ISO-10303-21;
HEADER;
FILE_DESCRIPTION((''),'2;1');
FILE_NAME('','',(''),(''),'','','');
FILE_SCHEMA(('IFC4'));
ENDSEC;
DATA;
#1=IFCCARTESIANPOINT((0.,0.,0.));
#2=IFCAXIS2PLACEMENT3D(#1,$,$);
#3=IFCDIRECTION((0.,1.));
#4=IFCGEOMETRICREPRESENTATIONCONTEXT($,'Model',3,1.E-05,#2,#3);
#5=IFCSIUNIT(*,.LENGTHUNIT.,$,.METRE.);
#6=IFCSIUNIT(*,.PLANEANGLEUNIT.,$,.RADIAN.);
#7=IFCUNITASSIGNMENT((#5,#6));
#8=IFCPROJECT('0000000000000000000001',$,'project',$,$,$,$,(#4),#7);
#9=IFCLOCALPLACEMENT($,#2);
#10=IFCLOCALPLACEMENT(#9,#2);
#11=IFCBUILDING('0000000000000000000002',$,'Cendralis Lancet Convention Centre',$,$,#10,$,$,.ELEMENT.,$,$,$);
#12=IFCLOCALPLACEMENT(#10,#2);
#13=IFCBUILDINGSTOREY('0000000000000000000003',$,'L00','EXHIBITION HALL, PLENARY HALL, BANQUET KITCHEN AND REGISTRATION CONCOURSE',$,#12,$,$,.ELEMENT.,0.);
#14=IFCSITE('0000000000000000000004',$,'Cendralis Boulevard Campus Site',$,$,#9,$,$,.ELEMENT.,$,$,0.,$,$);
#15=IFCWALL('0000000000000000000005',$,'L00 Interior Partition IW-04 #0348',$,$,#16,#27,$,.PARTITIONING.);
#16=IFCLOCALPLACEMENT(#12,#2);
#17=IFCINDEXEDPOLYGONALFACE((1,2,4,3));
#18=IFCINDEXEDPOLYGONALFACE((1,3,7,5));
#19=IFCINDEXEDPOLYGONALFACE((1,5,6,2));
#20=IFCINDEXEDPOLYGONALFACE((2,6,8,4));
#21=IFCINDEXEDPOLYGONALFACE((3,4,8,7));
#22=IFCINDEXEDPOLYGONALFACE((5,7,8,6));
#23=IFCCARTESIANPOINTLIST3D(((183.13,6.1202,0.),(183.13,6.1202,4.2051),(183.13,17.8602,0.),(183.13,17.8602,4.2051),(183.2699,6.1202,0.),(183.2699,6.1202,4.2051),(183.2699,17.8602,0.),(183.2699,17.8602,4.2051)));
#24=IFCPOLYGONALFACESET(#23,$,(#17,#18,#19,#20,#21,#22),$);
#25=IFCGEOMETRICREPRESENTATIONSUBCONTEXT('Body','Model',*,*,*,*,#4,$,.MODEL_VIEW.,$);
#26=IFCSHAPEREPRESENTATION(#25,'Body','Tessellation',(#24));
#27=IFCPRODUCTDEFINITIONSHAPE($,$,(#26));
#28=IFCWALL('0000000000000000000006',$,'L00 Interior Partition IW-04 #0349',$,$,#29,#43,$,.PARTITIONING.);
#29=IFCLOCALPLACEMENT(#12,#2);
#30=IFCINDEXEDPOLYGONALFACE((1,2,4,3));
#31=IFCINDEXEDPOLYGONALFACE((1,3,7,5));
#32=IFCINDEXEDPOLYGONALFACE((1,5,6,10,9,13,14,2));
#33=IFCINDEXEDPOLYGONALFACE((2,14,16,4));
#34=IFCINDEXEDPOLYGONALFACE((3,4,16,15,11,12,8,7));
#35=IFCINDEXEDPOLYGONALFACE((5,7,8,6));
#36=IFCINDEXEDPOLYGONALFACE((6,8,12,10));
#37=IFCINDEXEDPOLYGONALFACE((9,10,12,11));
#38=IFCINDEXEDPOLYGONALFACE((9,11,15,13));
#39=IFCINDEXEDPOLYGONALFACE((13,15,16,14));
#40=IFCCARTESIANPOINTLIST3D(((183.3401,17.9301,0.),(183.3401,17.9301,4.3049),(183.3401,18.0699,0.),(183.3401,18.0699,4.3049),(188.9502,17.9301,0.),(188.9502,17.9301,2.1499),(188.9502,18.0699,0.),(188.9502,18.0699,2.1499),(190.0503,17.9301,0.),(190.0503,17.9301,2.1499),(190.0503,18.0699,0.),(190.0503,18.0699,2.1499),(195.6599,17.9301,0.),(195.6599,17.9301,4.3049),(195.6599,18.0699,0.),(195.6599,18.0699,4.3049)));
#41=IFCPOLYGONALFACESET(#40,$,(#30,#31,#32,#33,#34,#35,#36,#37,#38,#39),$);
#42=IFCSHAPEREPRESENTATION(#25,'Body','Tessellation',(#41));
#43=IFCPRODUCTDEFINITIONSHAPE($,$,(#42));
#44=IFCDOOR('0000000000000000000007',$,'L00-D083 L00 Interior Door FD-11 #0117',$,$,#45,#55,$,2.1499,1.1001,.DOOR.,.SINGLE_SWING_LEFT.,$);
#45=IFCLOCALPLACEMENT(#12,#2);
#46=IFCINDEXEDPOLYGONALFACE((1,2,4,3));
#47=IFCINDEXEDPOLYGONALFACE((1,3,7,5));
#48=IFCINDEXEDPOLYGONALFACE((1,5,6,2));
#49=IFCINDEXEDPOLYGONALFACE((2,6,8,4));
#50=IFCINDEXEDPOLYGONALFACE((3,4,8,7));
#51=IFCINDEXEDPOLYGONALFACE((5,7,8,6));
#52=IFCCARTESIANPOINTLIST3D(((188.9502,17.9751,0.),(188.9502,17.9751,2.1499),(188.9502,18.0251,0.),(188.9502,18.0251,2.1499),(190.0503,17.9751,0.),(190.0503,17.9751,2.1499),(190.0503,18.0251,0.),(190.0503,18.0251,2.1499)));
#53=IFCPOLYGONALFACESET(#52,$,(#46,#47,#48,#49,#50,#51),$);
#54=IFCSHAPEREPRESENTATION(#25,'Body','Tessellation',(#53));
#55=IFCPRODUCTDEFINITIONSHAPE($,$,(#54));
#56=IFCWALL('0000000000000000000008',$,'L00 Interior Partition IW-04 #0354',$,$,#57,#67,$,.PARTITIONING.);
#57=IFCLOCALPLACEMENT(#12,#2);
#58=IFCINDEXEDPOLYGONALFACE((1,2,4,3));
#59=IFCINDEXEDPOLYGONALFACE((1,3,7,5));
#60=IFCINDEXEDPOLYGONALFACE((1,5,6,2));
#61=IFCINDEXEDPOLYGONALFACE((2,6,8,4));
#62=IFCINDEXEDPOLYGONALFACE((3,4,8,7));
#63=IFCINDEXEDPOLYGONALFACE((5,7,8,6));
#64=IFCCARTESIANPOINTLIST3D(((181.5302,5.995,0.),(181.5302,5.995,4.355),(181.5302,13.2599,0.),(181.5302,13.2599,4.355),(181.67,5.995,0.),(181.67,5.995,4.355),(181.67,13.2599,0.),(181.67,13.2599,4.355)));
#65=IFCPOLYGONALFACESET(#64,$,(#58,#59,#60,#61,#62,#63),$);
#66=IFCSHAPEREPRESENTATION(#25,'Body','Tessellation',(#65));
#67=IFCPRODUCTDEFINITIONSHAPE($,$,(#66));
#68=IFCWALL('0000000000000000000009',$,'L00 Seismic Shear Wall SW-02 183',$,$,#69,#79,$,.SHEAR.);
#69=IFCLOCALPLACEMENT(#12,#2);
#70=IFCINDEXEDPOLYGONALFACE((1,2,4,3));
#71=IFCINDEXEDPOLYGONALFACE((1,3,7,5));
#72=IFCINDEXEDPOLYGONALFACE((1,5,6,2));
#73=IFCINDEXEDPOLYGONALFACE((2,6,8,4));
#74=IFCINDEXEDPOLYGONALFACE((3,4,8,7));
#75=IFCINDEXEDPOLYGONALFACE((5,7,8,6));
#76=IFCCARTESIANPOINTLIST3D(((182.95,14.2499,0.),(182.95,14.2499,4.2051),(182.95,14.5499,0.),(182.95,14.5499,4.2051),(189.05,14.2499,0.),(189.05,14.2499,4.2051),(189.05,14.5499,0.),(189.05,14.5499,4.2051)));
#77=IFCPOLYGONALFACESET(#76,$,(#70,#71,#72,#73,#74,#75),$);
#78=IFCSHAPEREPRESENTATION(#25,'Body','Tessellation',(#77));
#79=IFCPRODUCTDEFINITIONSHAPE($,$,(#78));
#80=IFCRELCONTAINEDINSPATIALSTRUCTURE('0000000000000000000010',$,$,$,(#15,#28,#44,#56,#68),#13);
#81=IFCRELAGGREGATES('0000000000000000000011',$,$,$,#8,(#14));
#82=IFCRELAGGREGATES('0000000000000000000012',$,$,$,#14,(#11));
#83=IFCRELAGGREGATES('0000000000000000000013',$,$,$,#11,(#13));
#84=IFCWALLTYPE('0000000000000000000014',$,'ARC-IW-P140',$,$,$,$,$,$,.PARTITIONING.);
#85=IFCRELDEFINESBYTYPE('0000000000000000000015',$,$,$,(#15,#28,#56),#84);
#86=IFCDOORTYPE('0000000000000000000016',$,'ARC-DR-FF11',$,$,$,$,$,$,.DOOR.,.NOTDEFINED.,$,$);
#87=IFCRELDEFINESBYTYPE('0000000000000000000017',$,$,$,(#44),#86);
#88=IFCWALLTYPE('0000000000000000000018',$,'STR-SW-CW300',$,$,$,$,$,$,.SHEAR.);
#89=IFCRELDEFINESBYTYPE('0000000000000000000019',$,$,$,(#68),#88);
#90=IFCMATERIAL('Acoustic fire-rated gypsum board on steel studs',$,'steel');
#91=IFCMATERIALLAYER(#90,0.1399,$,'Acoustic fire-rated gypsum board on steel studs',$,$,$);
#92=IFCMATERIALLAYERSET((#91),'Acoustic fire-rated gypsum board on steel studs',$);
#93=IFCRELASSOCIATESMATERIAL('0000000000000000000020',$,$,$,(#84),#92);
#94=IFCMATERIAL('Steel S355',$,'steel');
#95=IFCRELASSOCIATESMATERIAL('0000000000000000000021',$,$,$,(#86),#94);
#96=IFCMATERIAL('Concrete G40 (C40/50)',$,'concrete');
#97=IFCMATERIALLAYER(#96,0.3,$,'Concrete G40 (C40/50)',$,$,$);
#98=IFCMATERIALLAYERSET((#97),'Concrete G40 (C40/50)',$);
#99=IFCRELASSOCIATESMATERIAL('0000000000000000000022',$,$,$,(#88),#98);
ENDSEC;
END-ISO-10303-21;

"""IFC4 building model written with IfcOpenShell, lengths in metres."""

from ifc_helpers import new_model, si_unit, direction, frame, frame_2d, origin, place, context, subcontext, project, spatial, rectangle, extrude, material, layer, layer_set, type_object, element, fill, save


model = new_model("IFC4")

# Units and contexts
model_context = context("Model", 3, precision=1e-05, world=origin(), true_north=direction((0.0, 1.0)))
body_context = subcontext(model_context, "Body", "Model", "MODEL_VIEW")
ifc_project = project(units=[si_unit("LENGTHUNIT", "METRE"), si_unit("PLANEANGLEUNIT", "RADIAN")], contexts=[model_context])

# Site, building, storey
site_placement = place(None, origin())
site = spatial("IfcSite", under=ifc_project, at=site_placement, Name="Cendralis Boulevard Campus Site", CompositionType="ELEMENT", RefElevation=0.0)
building_placement = place(site_placement, origin())
building = spatial("IfcBuilding", under=site, at=building_placement, Name="Cendralis Lancet Convention Centre", CompositionType="ELEMENT")
storey_placement = place(building_placement, origin())
storey = spatial("IfcBuildingStorey", under=building, at=storey_placement, Name="L00", Description="EXHIBITION HALL, PLENARY HALL, BANQUET KITCHEN AND REGISTRATION CONCOURSE", CompositionType="ELEMENT", Elevation=0.0)

# Shared definitions
ifc_material_1 = material(Name="Concrete G40 (C40/50)", Category="concrete")

# Wall
ifc_material_2 = material(Name="Acoustic fire-rated gypsum board on steel studs", Category="steel")
ifc_layer_1 = layer(ifc_material_2, 0.1399, Name="Acoustic fire-rated gypsum board on steel studs")
ifc_layer_set_1 = layer_set([ifc_layer_1], Name="Acoustic fire-rated gypsum board on steel studs")
wall_type_1 = type_object("IfcWallType", Name="ARC-IW-P140", PredefinedType="PARTITIONING", material=ifc_layer_set_1)
wall_1_placement = place(storey_placement, frame((183.2, 6.1201, 0.0), z_axis=(0.0, 0.0, 1.0), x_axis=(0.0, 1.0, 0.0)))
element("IfcWall", 1, at=wall_1_placement, inside=storey, type_object=wall_type_1, Name="L00 Interior Partition IW-04 #0348", PredefinedType="PARTITIONING", context=body_context, shape_type="SweptSolid", body=[
    extrude(rectangle(XDim=11.74, YDim=0.1399, at=frame_2d((5.8701, 0.0))), origin(), (0.0, 0.0, 1.0), 4.2051),
])

# Wall, opening, door
wall_2_placement = place(storey_placement, frame((183.3401, 18.0, 0.0), z_axis=(0.0, 0.0, 1.0), x_axis=(1.0, 0.0, 0.0)))
wall_2 = element("IfcWall", 2, at=wall_2_placement, inside=storey, type_object=wall_type_1, Name="L00 Interior Partition IW-04 #0349", PredefinedType="PARTITIONING", context=body_context, shape_type="SweptSolid", body=[
    extrude(rectangle(XDim=12.3198, YDim=0.1399, at=frame_2d((6.1599, 0.0))), origin(), (0.0, 0.0, 1.0), 4.3049),
])
opening_1_placement = place(wall_2_placement, frame((5.6101, 0.0, 0.0)))
opening_1 = element("IfcOpeningElement", 3, at=opening_1_placement, cuts=wall_2, PredefinedType="OPENING", context=body_context, shape_type="SweptSolid", body=[
    extrude(rectangle(XDim=1.1001, YDim=2.1499, at=frame_2d((0.55, 1.075))), frame((0.0, 0.0798, 0.0), z_axis=(0.0, -1.0, 0.0), x_axis=(1.0, 0.0, 0.0)), (0.0, 0.0, 1.0), 0.1599),
])
ifc_material_3 = material(Name="Steel S355", Category="steel")
door_type_1 = type_object("IfcDoorType", Name="ARC-DR-FF11", OperationType="NOTDEFINED", PredefinedType="DOOR", material=ifc_material_3)
door_1_placement = place(opening_1_placement, frame((1.1001, 0.0, 0.0), z_axis=(0.0, 0.0, 1.0), x_axis=(-1.0, 0.0, 0.0)))
door_1 = element("IfcDoor", 4, at=door_1_placement, inside=storey, type_object=door_type_1, Name="L00-D083 L00 Interior Door FD-11 #0117", OperationType="SINGLE_SWING_LEFT", OverallHeight=2.1499, OverallWidth=1.1001, PredefinedType="DOOR", context=body_context, shape_type="SweptSolid", body=[
    extrude(rectangle(XDim=1.1001, YDim=2.1499, at=frame_2d((0.55, 1.075))), frame((0.0, 0.0249, 0.0), z_axis=(0.0, -1.0, 0.0), x_axis=(1.0, 0.0, 0.0)), (0.0, 0.0, 1.0), 0.05),
])
fill(opening_1, door_1)

# Walls
wall_3_placement = place(storey_placement, frame((181.6001, 5.9951, 0.0), z_axis=(0.0, 0.0, 1.0), x_axis=(0.0, 1.0, 0.0)))
element("IfcWall", 5, at=wall_3_placement, inside=storey, type_object=wall_type_1, Name="L00 Interior Partition IW-04 #0354", PredefinedType="PARTITIONING", context=body_context, shape_type="SweptSolid", body=[
    extrude(rectangle(XDim=7.2649, YDim=0.1399, at=frame_2d((3.6323, 0.0))), origin(), (0.0, 0.0, 1.0), 4.355),
])
ifc_layer_2 = layer(ifc_material_1, 0.3, Name="Concrete G40 (C40/50)")
ifc_layer_set_2 = layer_set([ifc_layer_2], Name="Concrete G40 (C40/50)")
wall_type_2 = type_object("IfcWallType", Name="STR-SW-CW300", PredefinedType="SHEAR", material=ifc_layer_set_2)
wall_4_placement = place(storey_placement, frame((182.95, 14.3999, 0.0), z_axis=(0.0, 0.0, 1.0), x_axis=(1.0, 0.0, 0.0)))
element("IfcWall", 6, at=wall_4_placement, inside=storey, type_object=wall_type_2, Name="L00 Seismic Shear Wall SW-02 183", PredefinedType="SHEAR", context=body_context, shape_type="SweptSolid", body=[
    extrude(rectangle(XDim=6.1001, YDim=0.3, at=frame_2d((3.05, 0.0))), origin(), (0.0, 0.0, 1.0), 4.2051),
])

save(model, "model.ifc")
